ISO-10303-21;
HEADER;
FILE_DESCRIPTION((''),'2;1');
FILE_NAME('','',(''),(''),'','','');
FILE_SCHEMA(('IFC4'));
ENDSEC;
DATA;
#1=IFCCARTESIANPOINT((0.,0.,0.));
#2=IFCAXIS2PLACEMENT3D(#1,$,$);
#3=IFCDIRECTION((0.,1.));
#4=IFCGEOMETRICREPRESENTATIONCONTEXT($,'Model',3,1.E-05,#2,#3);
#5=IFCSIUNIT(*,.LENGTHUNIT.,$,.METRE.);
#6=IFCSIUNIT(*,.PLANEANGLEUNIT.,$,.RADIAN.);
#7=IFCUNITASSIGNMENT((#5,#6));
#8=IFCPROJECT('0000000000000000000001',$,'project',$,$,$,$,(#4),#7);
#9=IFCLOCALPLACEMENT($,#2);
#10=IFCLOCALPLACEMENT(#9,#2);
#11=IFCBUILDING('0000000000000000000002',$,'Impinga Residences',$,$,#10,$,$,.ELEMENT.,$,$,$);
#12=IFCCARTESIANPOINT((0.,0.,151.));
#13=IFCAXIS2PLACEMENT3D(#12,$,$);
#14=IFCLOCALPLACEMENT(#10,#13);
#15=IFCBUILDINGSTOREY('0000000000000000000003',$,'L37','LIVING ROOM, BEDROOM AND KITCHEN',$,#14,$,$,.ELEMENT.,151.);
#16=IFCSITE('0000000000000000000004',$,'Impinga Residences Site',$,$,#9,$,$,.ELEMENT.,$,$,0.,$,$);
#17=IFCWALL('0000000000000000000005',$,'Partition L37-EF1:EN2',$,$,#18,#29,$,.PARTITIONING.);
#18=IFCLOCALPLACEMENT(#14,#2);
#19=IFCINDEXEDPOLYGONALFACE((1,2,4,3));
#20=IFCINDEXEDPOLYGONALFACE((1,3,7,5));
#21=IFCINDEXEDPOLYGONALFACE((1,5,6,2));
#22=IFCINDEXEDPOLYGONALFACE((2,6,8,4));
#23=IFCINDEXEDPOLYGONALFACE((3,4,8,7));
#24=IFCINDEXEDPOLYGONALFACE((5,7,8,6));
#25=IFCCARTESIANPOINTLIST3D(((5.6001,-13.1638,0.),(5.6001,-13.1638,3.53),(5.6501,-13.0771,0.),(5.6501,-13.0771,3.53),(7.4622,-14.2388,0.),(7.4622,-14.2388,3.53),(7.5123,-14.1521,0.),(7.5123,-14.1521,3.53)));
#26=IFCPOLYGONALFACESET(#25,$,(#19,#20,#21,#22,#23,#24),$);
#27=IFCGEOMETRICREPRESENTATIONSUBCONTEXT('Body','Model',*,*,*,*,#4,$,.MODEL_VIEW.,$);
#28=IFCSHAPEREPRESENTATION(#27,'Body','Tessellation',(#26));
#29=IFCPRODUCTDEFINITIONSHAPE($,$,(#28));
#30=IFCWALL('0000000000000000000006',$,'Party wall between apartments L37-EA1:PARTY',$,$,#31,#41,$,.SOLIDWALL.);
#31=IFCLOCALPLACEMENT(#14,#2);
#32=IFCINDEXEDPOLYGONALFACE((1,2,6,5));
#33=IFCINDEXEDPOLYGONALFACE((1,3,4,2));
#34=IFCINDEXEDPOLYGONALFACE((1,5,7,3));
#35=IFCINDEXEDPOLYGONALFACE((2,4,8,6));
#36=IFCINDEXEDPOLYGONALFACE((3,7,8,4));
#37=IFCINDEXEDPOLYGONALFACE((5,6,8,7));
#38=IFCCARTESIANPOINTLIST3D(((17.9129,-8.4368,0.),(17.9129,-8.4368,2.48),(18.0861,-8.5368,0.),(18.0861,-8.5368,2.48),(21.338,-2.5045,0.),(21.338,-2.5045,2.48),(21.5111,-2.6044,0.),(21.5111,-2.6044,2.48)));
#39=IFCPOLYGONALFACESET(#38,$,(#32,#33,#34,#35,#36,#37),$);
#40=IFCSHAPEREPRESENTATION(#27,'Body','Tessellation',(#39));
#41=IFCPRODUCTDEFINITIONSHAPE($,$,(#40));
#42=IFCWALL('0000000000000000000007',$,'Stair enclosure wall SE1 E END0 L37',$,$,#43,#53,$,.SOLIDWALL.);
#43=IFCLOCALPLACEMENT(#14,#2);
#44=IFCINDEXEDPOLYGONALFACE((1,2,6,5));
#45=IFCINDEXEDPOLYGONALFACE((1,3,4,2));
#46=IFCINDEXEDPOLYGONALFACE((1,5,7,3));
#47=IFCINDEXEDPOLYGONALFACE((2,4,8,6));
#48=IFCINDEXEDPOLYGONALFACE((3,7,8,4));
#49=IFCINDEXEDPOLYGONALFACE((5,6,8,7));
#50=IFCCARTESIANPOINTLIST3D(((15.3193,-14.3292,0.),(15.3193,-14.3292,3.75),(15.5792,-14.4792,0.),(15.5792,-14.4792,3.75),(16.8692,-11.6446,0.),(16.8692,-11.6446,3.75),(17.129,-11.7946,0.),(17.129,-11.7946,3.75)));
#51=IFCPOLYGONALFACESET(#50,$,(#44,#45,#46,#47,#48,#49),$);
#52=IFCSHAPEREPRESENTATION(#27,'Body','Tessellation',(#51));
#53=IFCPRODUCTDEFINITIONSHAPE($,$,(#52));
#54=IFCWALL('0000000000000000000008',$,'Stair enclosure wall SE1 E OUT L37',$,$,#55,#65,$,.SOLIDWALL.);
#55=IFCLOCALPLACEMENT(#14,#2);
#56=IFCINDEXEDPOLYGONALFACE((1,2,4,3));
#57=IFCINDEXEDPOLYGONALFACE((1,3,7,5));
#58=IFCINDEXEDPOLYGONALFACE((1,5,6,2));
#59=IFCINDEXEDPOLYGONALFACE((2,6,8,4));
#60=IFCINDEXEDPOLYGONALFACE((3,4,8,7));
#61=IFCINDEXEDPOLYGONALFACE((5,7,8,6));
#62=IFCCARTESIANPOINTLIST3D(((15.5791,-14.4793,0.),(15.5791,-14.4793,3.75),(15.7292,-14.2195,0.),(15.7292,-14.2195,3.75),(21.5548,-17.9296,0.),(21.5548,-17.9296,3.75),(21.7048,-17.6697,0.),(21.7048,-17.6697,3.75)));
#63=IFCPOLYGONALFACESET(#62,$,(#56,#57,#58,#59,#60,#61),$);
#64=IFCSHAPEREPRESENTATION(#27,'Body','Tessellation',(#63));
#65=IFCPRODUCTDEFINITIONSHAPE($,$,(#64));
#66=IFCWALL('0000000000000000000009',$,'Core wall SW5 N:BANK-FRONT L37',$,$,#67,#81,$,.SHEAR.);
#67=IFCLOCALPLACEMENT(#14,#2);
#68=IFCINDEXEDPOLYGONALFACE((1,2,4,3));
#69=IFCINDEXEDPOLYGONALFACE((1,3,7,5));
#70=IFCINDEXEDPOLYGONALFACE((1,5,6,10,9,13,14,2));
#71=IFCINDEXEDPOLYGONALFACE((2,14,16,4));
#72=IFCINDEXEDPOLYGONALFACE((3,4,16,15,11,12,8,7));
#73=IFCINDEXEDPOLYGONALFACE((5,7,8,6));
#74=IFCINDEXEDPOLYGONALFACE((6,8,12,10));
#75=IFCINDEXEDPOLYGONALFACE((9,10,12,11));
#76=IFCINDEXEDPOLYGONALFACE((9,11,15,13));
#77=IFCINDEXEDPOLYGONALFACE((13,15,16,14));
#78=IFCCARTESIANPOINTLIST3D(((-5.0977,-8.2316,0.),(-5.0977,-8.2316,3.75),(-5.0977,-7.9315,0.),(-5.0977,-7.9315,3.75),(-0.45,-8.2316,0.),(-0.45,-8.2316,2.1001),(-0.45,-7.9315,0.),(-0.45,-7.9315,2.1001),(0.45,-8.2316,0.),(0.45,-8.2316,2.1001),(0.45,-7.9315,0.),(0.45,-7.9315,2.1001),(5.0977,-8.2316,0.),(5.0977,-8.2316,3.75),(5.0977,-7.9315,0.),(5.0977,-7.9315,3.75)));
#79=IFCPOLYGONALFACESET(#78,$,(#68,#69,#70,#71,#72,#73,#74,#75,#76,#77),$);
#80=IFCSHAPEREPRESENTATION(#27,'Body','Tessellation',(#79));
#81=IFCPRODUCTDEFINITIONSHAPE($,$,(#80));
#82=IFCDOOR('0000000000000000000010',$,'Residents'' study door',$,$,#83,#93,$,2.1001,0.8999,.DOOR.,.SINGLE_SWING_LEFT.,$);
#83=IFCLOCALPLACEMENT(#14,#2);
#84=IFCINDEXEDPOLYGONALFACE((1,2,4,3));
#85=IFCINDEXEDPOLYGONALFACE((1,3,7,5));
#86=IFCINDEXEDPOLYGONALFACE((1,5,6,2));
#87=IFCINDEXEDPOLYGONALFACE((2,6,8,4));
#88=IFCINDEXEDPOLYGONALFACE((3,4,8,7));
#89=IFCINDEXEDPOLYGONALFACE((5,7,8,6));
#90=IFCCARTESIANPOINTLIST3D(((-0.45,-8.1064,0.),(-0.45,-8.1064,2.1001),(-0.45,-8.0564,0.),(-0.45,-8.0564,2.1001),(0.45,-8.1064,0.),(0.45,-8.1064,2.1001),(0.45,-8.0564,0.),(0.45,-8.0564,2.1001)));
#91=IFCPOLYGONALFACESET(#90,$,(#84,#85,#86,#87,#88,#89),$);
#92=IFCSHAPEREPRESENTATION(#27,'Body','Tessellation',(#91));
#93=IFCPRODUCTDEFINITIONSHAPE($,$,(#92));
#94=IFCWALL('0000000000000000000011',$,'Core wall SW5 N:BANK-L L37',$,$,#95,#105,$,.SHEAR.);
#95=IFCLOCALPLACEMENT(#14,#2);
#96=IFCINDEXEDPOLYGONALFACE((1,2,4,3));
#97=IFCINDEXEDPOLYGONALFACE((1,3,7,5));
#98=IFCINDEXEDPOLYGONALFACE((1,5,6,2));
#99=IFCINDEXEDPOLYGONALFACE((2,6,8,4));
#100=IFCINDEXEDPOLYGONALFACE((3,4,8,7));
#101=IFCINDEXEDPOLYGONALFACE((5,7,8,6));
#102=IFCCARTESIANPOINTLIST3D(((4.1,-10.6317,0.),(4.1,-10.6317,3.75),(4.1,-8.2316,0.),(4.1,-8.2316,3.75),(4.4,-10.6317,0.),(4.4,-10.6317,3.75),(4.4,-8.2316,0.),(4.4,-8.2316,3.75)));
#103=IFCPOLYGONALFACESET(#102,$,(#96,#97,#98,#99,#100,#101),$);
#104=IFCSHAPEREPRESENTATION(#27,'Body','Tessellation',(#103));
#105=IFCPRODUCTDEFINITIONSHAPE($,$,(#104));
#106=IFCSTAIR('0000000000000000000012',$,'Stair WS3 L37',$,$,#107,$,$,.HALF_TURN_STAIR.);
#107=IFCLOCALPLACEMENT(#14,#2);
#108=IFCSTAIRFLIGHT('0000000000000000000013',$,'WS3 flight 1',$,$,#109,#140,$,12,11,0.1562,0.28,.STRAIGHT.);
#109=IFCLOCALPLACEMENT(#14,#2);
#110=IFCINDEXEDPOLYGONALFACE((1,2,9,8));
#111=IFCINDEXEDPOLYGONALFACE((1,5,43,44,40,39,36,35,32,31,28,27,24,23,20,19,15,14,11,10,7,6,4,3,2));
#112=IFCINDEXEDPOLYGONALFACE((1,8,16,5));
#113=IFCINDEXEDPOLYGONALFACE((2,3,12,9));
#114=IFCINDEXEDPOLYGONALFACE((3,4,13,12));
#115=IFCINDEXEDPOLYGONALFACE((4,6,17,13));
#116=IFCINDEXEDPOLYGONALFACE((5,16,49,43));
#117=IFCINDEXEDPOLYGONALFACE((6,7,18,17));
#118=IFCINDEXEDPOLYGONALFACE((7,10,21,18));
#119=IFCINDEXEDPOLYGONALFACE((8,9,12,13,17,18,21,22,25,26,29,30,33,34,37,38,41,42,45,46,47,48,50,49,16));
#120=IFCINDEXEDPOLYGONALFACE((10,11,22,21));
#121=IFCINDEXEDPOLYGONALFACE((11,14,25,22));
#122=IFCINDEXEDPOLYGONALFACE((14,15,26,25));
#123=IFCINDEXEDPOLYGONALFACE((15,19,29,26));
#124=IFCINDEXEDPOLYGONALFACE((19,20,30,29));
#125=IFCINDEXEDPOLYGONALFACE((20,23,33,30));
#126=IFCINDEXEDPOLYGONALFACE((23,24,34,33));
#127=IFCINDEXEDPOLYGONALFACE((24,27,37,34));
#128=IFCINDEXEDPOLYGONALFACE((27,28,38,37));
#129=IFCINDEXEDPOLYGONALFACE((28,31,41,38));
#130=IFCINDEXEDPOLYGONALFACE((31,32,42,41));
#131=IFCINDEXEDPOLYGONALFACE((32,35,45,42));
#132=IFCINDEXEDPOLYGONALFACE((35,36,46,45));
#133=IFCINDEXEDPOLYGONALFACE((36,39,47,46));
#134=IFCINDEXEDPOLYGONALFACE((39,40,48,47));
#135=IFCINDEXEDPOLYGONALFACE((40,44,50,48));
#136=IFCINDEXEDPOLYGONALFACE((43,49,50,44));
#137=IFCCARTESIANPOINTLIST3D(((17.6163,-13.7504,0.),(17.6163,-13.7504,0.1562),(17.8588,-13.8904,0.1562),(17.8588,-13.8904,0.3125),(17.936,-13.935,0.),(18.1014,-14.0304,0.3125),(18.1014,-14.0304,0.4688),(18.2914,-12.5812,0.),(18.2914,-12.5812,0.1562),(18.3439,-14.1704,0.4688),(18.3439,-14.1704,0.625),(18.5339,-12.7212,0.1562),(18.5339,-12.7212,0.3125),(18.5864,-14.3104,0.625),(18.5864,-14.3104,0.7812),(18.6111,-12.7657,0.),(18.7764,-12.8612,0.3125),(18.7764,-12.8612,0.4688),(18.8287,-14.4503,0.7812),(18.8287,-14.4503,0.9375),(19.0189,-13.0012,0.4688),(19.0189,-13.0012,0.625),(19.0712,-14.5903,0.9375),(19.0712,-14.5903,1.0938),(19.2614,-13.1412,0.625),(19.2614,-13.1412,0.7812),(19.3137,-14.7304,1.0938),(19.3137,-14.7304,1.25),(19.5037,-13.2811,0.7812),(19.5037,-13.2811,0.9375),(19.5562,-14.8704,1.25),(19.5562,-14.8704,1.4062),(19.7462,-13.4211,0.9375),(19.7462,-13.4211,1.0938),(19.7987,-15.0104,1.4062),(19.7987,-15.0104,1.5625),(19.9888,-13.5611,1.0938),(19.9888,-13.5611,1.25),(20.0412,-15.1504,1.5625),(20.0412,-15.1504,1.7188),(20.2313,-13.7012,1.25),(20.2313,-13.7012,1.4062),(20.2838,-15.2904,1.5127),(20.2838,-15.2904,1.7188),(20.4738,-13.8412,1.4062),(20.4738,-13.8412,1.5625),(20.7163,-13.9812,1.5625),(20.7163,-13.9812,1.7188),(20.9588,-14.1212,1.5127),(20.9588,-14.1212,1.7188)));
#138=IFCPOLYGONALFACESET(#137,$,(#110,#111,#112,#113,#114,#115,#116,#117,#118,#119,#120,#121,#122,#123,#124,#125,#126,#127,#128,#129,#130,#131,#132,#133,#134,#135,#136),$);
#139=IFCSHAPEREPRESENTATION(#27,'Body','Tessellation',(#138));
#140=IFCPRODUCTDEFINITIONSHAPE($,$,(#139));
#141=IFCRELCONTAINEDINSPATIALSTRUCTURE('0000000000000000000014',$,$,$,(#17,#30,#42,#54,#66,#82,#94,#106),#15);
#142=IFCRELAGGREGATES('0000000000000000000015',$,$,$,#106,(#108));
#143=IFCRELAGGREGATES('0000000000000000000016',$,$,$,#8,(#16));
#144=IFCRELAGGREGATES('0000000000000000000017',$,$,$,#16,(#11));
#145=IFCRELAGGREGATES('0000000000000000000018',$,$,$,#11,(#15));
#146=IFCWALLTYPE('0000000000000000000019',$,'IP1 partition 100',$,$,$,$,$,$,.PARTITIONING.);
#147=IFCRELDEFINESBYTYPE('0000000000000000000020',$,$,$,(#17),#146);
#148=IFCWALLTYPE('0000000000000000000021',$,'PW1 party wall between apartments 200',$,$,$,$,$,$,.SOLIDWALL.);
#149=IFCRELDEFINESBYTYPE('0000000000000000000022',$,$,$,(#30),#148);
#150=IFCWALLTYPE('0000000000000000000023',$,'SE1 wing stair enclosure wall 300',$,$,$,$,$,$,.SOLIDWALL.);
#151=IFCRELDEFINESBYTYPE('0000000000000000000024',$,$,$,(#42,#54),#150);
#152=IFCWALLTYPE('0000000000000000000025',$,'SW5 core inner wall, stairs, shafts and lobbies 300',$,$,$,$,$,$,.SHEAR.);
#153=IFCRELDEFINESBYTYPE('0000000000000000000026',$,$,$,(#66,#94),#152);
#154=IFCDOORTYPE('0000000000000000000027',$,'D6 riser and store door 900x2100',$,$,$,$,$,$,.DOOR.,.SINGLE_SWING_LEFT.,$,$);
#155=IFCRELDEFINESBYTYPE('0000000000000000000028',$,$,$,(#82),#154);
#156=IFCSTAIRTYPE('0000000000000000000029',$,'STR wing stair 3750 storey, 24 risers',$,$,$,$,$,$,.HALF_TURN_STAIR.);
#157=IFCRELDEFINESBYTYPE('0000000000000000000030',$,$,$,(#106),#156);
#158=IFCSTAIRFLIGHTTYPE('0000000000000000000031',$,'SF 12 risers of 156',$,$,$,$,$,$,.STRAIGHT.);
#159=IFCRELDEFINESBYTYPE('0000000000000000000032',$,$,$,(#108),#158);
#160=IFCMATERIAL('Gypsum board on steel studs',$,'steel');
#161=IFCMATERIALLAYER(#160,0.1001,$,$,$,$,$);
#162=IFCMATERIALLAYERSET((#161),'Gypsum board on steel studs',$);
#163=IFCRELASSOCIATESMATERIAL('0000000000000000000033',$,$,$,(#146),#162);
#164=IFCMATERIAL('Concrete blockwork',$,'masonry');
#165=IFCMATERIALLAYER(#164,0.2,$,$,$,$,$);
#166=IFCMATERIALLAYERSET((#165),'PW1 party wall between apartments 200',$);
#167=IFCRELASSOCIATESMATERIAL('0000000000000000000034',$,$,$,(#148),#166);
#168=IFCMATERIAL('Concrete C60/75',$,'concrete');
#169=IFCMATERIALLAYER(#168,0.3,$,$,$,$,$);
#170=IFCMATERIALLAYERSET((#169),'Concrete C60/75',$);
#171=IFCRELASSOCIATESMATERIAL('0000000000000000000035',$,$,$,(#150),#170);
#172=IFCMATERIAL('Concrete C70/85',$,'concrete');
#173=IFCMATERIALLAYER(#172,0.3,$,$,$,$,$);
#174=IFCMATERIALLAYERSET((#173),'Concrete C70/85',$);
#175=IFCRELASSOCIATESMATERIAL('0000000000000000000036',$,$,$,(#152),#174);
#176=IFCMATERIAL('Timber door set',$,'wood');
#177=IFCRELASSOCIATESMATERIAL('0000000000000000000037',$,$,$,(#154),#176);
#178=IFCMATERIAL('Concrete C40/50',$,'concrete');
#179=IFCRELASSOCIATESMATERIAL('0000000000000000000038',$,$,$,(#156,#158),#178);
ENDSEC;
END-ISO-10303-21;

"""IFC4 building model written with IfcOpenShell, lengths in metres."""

from ifc_helpers import new_model, si_unit, direction, frame, frame_2d, origin, place, context, subcontext, project, spatial, polyline, rectangle, outline, extrude, material, layer, layer_set, type_object, element, fill, aggregate, save


model = new_model("IFC4")

# Units and contexts
model_context = context("Model", 3, precision=1e-05, world=origin(), true_north=direction((0.0, 1.0)))
body_context = subcontext(model_context, "Body", "Model", "MODEL_VIEW")
ifc_project = project(units=[si_unit("LENGTHUNIT", "METRE"), si_unit("PLANEANGLEUNIT", "RADIAN")], contexts=[model_context])

# Site, building, storey
site_placement = place(None, origin())
site = spatial("IfcSite", under=ifc_project, at=site_placement, Name="Impinga Residences Site", CompositionType="ELEMENT", RefElevation=0.0)
building_placement = place(site_placement, origin())
building = spatial("IfcBuilding", under=site, at=building_placement, Name="Impinga Residences", CompositionType="ELEMENT")
storey_placement = place(building_placement, frame((0.0, 0.0, 151.0)))
storey = spatial("IfcBuildingStorey", under=building, at=storey_placement, Name="L37", Description="LIVING ROOM, BEDROOM AND KITCHEN", CompositionType="ELEMENT", Elevation=151.0)

# Shared definitions
ifc_material_1 = material(Name="Concrete C60/75", Category="concrete")

# Shared definitions
ifc_material_2 = material(Name="Gypsum board on steel studs", Category="steel")
ifc_layer_1 = layer(ifc_material_2, 0.1001)
ifc_layer_set_1 = layer_set([ifc_layer_1], Name="Gypsum board on steel studs")
wall_type_1 = type_object("IfcWallType", Name="IP1 partition 100", PredefinedType="PARTITIONING", material=ifc_layer_set_1)

# Shared definitions
ifc_material_3 = material(Name="Timber door set", Category="wood")

# Walls
wall_1_placement = place(storey_placement, frame((5.625, -13.1204, 0.0), z_axis=(0.0, 0.0, 1.0), x_axis=(0.866048, -0.499962, 0.0)))
element("IfcWall", 1, at=wall_1_placement, inside=storey, type_object=wall_type_1, Name="Partition L37-EF1:EN2", PredefinedType="PARTITIONING", context=body_context, shape_type="SweptSolid", body=[
    extrude(rectangle(XDim=2.1501, YDim=0.1001, at=frame_2d((1.0752, 0.0))), origin(), (0.0, 0.0, 1.0), 3.53),
])
ifc_material_4 = material(Name="Concrete blockwork", Category="masonry")
ifc_layer_2 = layer(ifc_material_4, 0.2)
ifc_layer_set_2 = layer_set([ifc_layer_2], Name="PW1 party wall between apartments 200")
wall_type_2 = type_object("IfcWallType", Name="PW1 party wall between apartments 200", PredefinedType="SOLIDWALL", material=ifc_layer_set_2)
wall_2_placement = place(storey_placement, frame((17.9995, -8.4868, 0.0), z_axis=(0.0, 0.0, 1.0), x_axis=(0.499999, 0.866026, 0.0)))
element("IfcWall", 2, at=wall_2_placement, inside=storey, type_object=wall_type_2, Name="Party wall between apartments L37-EA1:PARTY", PredefinedType="SOLIDWALL", context=body_context, shape_type="SweptSolid", body=[
    extrude(rectangle(XDim=6.8501, YDim=0.2, at=frame_2d((3.425, 0.0))), origin(), (0.0, 0.0, 1.0), 2.48),
])
ifc_layer_3 = layer(ifc_material_1, 0.3)
ifc_layer_set_3 = layer_set([ifc_layer_3], Name="Concrete C60/75")
wall_type_3 = type_object("IfcWallType", Name="SE1 wing stair enclosure wall 300", PredefinedType="SOLIDWALL", material=ifc_layer_set_3)
wall_3_placement = place(storey_placement, frame((16.999, -11.7197, 0.0), z_axis=(0.0, 0.0, 1.0), x_axis=(-0.499968, -0.866044, 0.0)))
element("IfcWall", 3, at=wall_3_placement, inside=storey, type_object=wall_type_3, Name="Stair enclosure wall SE1 E END0 L37", PredefinedType="SOLIDWALL", context=body_context, shape_type="SweptSolid", body=[
    extrude(rectangle(XDim=3.0999, YDim=0.3, at=frame_2d((1.5498, 0.0))), origin(), (0.0, 0.0, 1.0), 3.75),
])
wall_4_placement = place(storey_placement, frame((15.6541, -14.3494, 0.0), z_axis=(0.0, 0.0, 1.0), x_axis=(0.866014, -0.500021, 0.0)))
element("IfcWall", 4, at=wall_4_placement, inside=storey, type_object=wall_type_3, Name="Stair enclosure wall SE1 E OUT L37", PredefinedType="SOLIDWALL", context=body_context, shape_type="SweptSolid", body=[
    extrude(rectangle(XDim=6.9001, YDim=0.3, at=frame_2d((3.4502, 0.0))), origin(), (0.0, 0.0, 1.0), 3.75),
])

# Wall, opening, door
ifc_material_5 = material(Name="Concrete C70/85", Category="concrete")
ifc_layer_4 = layer(ifc_material_5, 0.3)
ifc_layer_set_4 = layer_set([ifc_layer_4], Name="Concrete C70/85")
wall_type_4 = type_object("IfcWallType", Name="SW5 core inner wall, stairs, shafts and lobbies 300", PredefinedType="SHEAR", material=ifc_layer_set_4)
wall_5_placement = place(storey_placement, frame((5.0977, -8.0815, 0.0), z_axis=(0.0, 0.0, 1.0), x_axis=(-1.0, 0.0, 0.0)))
wall_5 = element("IfcWall", 5, at=wall_5_placement, inside=storey, type_object=wall_type_4, Name="Core wall SW5 N:BANK-FRONT L37", PredefinedType="SHEAR", context=body_context, shape_type="SweptSolid", body=[
    extrude(rectangle(XDim=10.1953, YDim=0.3, at=frame_2d((5.0977, 0.0))), origin(), (0.0, 0.0, 1.0), 3.75),
])
opening_1_placement = place(wall_5_placement, frame((4.6477, 0.0, 0.0)))
opening_1 = element("IfcOpeningElement", 6, at=opening_1_placement, cuts=wall_5, PredefinedType="OPENING", context=body_context, shape_type="SweptSolid", body=[
    extrude(rectangle(XDim=0.8999, YDim=2.1001, at=frame_2d((0.45, 1.05))), frame((0.0, 0.1599, 0.0), z_axis=(0.0, -1.0, 0.0), x_axis=(1.0, 0.0, 0.0)), (0.0, 0.0, 1.0), 0.3201),
])
door_type_1 = type_object("IfcDoorType", Name="D6 riser and store door 900x2100", OperationType="SINGLE_SWING_LEFT", PredefinedType="DOOR", material=ifc_material_3)
door_1_placement = place(opening_1_placement, origin())
door_1 = element("IfcDoor", 7, at=door_1_placement, inside=storey, type_object=door_type_1, Name="Residents' study door", OperationType="SINGLE_SWING_LEFT", OverallHeight=2.1001, OverallWidth=0.8999, PredefinedType="DOOR", context=body_context, shape_type="SweptSolid", body=[
    extrude(rectangle(XDim=0.8999, YDim=2.1001, at=frame_2d((0.45, 1.05))), frame((0.0, 0.0249, 0.0), z_axis=(0.0, -1.0, 0.0), x_axis=(1.0, 0.0, 0.0)), (0.0, 0.0, 1.0), 0.05),
])
fill(opening_1, door_1)

# Wall
wall_6_placement = place(storey_placement, frame((4.25, -8.2314, 0.0), z_axis=(0.0, 0.0, 1.0), x_axis=(0.0, -1.0, 0.0)))
element("IfcWall", 8, at=wall_6_placement, inside=storey, type_object=wall_type_4, Name="Core wall SW5 N:BANK-L L37", PredefinedType="SHEAR", context=body_context, shape_type="SweptSolid", body=[
    extrude(rectangle(XDim=2.4001, YDim=0.3, at=frame_2d((1.2002, 0.0))), origin(), (0.0, 0.0, 1.0), 3.75),
])

# Stair, stair flight
ifc_material_6 = material(Name="Concrete C40/50", Category="concrete")
stair_type = type_object("IfcStairType", Name="STR wing stair 3750 storey, 24 risers", PredefinedType="HALF_TURN_STAIR", material=ifc_material_6)
stair_placement = place(storey_placement, origin())
stair = element("IfcStair", 9, at=stair_placement, inside=storey, type_object=stair_type, Name="Stair WS3 L37", PredefinedType="HALF_TURN_STAIR")
stair_flight_type = type_object("IfcStairFlightType", Name="SF 12 risers of 156", PredefinedType="STRAIGHT", material=ifc_material_6)
stair_flight_placement = place(storey_placement, frame((17.9539, -13.1658, 0.0), z_axis=(0.0, 0.0, 1.0), x_axis=(0.866025, -0.5, 0.0)))
stair_flight = element("IfcStairFlight", 10, at=stair_flight_placement, type_object=stair_flight_type, Name="WS3 flight 1", NumberOfRisers=12, NumberOfTreads=11, PredefinedType="STRAIGHT", RiserHeight=0.1562, TreadLength=0.28, context=body_context, shape_type="SweptSolid", body=[
    extrude(outline(polyline([(0.0, 0.0), (0.0, 0.1562), (0.28, 0.1562), (0.28, 0.3125), (0.5601, 0.3125), (0.5601, 0.4688), (0.8401, 0.4688), (0.8401, 0.625), (1.1201, 0.625), (1.1201, 0.7812), (1.3999, 0.7812), (1.3999, 0.9375), (1.6799, 0.9375), (1.6799, 1.0938), (1.96, 1.0938), (1.96, 1.25), (2.24, 1.25), (2.24, 1.4062), (2.52, 1.4062), (2.52, 1.5625), (2.8, 1.5625), (2.8, 1.7188), (3.0801, 1.7188), (3.0801, 1.875), (3.0801, 1.5127), (0.3691, 0.0), (0.0, 0.0)])), frame((0.0, 0.675, 0.0), z_axis=(0.0, -1.0, 0.0), x_axis=(1.0, 0.0, 0.0)), (0.0, 0.0, 1.0), 1.3501),
])
aggregate(stair, [stair_flight])

save(model, "model.ifc")
